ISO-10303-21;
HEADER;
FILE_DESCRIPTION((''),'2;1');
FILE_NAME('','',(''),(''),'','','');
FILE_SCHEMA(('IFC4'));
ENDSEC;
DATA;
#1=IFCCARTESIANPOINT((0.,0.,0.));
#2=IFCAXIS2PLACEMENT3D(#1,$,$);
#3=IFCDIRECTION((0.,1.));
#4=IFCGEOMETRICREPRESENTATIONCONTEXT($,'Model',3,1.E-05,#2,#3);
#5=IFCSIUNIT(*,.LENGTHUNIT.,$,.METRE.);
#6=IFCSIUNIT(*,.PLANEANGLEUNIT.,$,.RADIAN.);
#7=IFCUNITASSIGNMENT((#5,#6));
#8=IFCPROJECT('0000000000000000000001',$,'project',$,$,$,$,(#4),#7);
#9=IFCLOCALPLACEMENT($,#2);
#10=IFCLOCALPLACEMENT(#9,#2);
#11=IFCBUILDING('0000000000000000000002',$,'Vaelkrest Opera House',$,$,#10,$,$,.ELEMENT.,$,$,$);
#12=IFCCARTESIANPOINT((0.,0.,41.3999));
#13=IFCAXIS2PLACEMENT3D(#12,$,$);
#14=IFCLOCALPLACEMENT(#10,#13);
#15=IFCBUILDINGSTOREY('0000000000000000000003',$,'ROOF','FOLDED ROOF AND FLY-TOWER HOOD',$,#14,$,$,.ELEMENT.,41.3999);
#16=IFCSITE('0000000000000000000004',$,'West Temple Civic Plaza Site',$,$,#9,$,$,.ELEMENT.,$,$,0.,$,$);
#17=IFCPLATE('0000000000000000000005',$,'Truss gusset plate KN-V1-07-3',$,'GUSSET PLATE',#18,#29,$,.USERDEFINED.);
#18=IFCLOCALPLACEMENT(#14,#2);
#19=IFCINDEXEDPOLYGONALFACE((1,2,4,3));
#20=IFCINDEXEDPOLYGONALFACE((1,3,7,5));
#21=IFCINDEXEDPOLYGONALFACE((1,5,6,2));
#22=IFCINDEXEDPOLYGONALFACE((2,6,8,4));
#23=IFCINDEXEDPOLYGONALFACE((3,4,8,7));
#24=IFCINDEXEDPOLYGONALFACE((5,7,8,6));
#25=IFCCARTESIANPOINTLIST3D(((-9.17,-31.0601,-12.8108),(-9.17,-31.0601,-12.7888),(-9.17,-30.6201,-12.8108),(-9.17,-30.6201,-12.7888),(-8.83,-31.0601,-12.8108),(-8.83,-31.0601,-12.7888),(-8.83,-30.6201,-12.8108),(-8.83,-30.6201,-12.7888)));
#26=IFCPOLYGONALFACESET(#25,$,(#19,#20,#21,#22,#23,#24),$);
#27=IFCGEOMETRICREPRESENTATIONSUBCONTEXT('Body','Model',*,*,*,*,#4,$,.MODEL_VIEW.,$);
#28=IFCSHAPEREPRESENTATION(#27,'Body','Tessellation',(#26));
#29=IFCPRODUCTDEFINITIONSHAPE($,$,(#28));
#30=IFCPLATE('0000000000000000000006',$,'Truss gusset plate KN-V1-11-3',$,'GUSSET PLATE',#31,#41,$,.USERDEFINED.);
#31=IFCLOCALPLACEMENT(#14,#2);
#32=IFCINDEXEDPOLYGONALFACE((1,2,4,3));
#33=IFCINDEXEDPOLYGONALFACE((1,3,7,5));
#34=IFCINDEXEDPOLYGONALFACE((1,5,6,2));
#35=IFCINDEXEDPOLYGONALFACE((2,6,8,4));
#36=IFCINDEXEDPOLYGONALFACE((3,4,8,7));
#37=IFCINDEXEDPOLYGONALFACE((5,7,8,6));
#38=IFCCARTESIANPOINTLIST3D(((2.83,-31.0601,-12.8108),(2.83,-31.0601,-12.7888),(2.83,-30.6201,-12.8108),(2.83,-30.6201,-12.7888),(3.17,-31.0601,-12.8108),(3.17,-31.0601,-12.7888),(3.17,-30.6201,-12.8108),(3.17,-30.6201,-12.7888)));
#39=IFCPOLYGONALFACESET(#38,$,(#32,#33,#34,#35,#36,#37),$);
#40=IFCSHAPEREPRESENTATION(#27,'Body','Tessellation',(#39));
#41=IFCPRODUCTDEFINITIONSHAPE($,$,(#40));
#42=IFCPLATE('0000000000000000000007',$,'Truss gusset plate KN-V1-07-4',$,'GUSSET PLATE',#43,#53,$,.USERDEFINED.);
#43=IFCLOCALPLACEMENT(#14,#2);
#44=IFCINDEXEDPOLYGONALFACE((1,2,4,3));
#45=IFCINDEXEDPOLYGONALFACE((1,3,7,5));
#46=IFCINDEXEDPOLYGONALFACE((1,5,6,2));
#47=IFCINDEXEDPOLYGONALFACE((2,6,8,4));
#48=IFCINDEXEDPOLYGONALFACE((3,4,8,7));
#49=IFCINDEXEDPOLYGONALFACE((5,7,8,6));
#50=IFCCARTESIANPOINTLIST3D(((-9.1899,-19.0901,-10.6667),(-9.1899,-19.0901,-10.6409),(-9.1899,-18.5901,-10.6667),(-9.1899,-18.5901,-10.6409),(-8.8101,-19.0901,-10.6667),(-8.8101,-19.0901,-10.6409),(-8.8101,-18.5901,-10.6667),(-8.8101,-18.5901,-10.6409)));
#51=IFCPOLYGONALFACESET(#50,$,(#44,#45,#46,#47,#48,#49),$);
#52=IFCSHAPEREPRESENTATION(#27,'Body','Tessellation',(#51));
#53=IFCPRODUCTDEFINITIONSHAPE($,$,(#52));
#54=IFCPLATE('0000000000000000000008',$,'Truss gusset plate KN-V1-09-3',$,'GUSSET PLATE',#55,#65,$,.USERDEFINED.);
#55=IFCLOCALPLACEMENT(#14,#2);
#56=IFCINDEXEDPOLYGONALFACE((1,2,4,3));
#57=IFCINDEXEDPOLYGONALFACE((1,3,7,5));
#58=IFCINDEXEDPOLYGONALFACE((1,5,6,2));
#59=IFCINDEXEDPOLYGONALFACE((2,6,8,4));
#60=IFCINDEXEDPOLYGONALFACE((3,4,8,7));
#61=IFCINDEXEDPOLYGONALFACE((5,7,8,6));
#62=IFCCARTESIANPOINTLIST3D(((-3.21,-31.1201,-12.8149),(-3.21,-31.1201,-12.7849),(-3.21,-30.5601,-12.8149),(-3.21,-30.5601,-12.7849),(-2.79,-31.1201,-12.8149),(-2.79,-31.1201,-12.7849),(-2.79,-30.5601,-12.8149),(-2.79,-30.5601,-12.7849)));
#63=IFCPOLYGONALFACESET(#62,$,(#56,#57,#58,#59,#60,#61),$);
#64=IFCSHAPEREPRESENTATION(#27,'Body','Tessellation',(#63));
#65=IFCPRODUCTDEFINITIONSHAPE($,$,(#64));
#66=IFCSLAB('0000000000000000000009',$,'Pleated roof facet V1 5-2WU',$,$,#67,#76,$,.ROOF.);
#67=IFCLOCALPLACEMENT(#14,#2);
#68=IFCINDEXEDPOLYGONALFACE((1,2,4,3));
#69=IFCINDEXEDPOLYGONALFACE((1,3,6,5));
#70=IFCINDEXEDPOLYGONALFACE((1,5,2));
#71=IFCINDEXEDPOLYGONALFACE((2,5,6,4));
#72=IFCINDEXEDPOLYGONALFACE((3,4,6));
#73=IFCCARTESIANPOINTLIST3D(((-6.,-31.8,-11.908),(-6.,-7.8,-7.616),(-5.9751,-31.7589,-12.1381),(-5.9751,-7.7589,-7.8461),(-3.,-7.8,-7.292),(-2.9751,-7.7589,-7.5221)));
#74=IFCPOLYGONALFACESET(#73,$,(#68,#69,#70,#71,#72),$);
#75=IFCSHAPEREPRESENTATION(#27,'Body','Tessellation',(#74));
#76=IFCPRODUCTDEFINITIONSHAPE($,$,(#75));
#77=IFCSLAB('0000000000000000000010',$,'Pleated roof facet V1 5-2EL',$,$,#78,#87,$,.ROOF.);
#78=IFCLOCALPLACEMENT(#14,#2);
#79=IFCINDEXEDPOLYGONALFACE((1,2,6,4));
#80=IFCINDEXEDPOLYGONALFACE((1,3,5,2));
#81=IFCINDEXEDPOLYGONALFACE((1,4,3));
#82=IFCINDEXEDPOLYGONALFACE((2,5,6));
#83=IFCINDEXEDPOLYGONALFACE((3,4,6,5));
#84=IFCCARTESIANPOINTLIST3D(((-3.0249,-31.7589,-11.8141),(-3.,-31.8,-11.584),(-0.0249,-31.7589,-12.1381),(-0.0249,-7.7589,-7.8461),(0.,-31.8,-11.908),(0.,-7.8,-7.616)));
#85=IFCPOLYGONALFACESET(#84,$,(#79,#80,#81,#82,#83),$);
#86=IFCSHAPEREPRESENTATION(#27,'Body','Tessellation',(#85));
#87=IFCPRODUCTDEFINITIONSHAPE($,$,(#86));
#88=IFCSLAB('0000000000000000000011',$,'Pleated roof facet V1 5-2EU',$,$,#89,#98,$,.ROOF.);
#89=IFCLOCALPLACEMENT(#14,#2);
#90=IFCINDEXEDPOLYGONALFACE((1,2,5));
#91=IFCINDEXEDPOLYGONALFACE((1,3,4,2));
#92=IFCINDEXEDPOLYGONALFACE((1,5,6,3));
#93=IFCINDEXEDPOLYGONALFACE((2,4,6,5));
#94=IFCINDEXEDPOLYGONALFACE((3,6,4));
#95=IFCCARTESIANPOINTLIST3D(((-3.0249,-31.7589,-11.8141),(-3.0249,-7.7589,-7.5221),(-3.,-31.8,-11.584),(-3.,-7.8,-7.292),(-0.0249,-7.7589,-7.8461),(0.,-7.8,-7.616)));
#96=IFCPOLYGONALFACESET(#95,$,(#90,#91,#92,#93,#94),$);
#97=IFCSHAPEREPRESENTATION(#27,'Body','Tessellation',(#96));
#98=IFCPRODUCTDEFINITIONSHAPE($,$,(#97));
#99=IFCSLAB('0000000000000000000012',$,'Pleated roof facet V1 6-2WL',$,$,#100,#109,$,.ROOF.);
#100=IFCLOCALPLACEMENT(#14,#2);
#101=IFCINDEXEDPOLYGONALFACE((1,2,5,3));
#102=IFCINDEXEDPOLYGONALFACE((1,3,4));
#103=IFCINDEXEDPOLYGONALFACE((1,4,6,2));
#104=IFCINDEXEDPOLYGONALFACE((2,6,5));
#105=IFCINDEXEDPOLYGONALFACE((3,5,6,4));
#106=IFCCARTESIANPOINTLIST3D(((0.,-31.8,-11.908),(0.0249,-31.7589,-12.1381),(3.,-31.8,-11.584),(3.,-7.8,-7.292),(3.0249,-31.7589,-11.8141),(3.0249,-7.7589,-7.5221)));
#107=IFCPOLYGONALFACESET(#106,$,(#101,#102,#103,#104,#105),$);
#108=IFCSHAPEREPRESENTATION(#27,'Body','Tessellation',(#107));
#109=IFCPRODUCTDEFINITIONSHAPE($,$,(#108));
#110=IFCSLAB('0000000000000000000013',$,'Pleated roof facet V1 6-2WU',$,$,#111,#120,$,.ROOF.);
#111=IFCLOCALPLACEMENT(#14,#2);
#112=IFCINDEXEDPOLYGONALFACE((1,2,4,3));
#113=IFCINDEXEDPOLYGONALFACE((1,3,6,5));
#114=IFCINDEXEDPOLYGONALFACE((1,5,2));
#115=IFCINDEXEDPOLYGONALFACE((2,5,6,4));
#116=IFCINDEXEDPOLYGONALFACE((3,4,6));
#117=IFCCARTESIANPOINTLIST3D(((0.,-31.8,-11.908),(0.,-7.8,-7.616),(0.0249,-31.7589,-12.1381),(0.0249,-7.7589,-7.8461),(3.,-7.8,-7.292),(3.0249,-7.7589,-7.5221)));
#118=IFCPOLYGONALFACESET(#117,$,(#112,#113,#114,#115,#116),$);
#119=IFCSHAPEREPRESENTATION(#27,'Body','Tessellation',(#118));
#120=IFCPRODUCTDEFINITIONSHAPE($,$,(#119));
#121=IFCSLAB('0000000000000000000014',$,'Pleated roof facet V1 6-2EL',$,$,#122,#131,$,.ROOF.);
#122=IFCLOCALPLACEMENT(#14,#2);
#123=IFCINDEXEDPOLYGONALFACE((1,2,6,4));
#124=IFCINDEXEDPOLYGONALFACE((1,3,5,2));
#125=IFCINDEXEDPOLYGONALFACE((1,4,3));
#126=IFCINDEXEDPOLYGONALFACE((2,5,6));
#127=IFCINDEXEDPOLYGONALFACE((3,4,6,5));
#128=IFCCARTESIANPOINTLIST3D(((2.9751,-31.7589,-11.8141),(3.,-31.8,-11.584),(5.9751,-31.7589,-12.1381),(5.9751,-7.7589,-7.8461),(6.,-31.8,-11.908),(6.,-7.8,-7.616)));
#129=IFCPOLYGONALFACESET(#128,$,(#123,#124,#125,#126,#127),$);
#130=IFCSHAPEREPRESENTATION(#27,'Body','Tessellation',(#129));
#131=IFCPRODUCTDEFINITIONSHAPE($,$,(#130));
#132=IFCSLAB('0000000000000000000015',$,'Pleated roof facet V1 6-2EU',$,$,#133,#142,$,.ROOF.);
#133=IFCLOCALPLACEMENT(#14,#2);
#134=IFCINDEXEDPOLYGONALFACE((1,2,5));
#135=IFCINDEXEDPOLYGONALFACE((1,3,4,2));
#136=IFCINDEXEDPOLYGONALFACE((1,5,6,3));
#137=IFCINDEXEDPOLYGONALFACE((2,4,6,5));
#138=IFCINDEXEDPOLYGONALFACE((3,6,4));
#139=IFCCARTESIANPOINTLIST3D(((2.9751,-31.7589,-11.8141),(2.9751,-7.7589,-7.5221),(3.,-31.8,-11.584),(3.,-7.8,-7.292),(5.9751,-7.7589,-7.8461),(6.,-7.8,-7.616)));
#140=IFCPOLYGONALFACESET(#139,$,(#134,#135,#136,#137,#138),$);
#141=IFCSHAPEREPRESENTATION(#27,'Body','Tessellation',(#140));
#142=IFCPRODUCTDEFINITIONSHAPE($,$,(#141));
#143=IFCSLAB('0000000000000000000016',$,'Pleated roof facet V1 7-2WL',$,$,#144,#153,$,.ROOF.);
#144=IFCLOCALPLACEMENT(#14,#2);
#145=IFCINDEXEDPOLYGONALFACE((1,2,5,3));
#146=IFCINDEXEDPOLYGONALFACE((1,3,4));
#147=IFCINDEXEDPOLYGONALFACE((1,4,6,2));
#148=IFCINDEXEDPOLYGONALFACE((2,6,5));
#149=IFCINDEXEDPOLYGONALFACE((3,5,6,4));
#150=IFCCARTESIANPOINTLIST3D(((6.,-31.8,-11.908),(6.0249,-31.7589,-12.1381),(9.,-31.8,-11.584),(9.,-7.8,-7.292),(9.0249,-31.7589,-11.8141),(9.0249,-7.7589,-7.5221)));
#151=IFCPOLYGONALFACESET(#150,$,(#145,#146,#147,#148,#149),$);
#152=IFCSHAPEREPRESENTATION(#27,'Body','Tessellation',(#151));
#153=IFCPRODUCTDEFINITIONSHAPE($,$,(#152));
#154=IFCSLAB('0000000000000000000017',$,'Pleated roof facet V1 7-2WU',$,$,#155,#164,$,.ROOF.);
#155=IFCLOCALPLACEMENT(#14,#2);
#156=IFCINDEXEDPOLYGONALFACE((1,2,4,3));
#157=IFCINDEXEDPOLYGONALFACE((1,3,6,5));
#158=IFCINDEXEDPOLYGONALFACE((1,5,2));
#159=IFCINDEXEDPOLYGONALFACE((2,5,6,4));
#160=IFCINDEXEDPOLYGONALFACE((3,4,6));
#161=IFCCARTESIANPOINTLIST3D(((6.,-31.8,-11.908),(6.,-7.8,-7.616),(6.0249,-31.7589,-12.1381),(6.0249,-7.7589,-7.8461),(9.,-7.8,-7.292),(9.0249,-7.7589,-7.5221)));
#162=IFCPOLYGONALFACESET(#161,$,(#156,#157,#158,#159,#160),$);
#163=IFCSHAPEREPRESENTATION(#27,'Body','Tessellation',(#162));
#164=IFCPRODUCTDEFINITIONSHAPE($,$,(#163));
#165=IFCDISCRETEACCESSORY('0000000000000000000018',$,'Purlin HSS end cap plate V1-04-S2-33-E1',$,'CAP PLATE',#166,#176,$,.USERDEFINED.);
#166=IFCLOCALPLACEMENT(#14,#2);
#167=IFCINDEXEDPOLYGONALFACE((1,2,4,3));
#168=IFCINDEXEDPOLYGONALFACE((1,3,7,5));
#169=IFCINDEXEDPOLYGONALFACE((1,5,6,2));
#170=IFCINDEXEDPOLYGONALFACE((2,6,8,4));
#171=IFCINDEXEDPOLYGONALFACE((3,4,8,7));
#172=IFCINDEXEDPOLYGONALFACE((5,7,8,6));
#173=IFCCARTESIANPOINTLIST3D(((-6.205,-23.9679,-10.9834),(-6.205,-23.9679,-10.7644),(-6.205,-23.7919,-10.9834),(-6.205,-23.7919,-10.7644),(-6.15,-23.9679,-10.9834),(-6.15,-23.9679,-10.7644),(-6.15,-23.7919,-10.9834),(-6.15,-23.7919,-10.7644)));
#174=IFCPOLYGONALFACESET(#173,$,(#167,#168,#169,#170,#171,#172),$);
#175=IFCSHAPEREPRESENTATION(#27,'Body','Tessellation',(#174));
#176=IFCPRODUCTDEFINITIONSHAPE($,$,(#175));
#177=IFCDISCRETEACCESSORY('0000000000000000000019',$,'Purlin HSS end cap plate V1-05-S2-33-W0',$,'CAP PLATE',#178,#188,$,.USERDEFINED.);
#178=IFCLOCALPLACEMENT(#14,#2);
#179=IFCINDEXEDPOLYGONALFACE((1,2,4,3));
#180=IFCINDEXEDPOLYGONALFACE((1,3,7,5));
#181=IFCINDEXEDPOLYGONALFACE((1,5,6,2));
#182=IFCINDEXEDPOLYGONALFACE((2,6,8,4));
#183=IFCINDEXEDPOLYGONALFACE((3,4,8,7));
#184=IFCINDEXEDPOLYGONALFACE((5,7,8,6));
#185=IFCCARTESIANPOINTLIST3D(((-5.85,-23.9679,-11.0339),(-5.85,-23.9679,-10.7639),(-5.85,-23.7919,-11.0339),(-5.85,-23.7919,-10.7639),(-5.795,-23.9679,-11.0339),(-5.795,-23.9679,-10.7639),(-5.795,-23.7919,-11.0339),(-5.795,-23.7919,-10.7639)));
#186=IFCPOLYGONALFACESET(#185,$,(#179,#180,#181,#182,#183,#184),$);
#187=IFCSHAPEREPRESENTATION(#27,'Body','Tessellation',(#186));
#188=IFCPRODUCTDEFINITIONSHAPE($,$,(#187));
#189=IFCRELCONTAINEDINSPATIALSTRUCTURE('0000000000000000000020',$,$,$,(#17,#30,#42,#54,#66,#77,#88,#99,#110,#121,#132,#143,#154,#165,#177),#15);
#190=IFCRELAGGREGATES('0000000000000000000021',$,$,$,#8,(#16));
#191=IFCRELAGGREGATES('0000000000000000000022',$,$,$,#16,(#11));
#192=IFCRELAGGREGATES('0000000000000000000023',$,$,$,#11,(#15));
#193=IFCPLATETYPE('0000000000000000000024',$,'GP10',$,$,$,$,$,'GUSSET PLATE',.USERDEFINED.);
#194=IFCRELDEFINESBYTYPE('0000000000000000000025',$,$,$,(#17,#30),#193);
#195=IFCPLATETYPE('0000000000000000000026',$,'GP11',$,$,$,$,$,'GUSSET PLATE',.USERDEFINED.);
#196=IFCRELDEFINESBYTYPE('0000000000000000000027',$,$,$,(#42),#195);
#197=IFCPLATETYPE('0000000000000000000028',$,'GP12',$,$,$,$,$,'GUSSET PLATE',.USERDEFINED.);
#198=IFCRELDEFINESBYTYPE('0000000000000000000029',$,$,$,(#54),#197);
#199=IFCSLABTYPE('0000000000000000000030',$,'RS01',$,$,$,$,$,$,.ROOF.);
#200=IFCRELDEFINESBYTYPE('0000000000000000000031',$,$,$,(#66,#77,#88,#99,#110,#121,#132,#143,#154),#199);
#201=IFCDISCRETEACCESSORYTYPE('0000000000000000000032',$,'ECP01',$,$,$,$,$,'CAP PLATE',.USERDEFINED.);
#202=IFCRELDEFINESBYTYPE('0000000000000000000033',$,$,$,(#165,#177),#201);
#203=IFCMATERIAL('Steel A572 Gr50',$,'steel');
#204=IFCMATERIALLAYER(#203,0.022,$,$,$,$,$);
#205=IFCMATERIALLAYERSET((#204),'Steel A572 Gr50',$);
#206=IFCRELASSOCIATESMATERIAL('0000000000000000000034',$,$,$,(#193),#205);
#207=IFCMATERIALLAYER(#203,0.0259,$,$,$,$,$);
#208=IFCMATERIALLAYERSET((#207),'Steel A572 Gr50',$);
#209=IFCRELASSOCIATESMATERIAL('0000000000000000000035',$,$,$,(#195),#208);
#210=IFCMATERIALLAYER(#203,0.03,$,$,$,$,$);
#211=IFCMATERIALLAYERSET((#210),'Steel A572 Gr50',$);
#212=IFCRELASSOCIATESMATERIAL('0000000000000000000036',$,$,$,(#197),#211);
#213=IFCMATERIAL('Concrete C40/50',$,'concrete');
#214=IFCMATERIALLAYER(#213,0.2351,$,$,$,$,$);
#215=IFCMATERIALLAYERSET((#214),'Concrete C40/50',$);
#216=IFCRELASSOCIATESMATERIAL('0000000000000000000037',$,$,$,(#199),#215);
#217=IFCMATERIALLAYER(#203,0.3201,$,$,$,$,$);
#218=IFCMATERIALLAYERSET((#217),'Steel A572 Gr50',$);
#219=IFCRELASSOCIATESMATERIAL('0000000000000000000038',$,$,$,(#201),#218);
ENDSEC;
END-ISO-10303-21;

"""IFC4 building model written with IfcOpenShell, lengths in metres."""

from ifc_helpers import new_model, si_unit, direction, frame, origin, origin_2d, place, context, subcontext, project, spatial, polyline, rectangle, outline, extrude, material, layer, layer_set, type_object, element, save


model = new_model("IFC4")

# Units and contexts
model_context = context("Model", 3, precision=1e-05, world=origin(), true_north=direction((0.0, 1.0)))
body_context = subcontext(model_context, "Body", "Model", "MODEL_VIEW")
ifc_project = project(units=[si_unit("LENGTHUNIT", "METRE"), si_unit("PLANEANGLEUNIT", "RADIAN")], contexts=[model_context])

# Site, building, storey
site_placement = place(None, origin())
site = spatial("IfcSite", under=ifc_project, at=site_placement, Name="West Temple Civic Plaza Site", CompositionType="ELEMENT", RefElevation=0.0)
building_placement = place(site_placement, origin())
building = spatial("IfcBuilding", under=site, at=building_placement, Name="Vaelkrest Opera House", CompositionType="ELEMENT")
storey_placement = place(building_placement, frame((0.0, 0.0, 41.3999)))
storey = spatial("IfcBuildingStorey", under=building, at=storey_placement, Name="ROOF", Description="FOLDED ROOF AND FLY-TOWER HOOD", CompositionType="ELEMENT", Elevation=41.3999)

# Plates
ifc_material_1 = material(Name="Steel A572 Gr50", Category="steel")
ifc_layer_1 = layer(ifc_material_1, 0.022)
ifc_layer_set_1 = layer_set([ifc_layer_1], Name="Steel A572 Gr50")
plate_type_1 = type_object("IfcPlateType", Name="GP10", ElementType="GUSSET PLATE", PredefinedType="USERDEFINED", material=ifc_layer_set_1)
for number, where, z_axis, x_axis, name in (
    (1, (-9.0, -30.8401, -12.8108), (0.0, 0.0, 1.0), (0.0, 1.0, 0.0), "Truss gusset plate KN-V1-07-3"),
    (2, (3.0, -30.8401, -12.8108), (0.0, 0.0, 1.0), (0.0, 1.0, 0.0), "Truss gusset plate KN-V1-11-3"),
):
    element("IfcPlate", number, at=place(storey_placement, frame(where, z_axis=z_axis, x_axis=x_axis)), inside=storey, type_object=plate_type_1, Name=name, ObjectType="GUSSET PLATE", PredefinedType="USERDEFINED", context=body_context, shape_type="SweptSolid", body=[
        extrude(rectangle(XDim=0.4399, YDim=0.3401, at=origin_2d()), origin(), (0.0, 0.0, 1.0), 0.022),
    ])
ifc_layer_2 = layer(ifc_material_1, 0.0259)
ifc_layer_set_2 = layer_set([ifc_layer_2], Name="Steel A572 Gr50")
plate_type_2 = type_object("IfcPlateType", Name="GP11", ElementType="GUSSET PLATE", PredefinedType="USERDEFINED", material=ifc_layer_set_2)
plate_1_placement = place(storey_placement, frame((-9.0, -18.8401, -10.6667), z_axis=(0.0, 0.0, 1.0), x_axis=(0.0, 1.0, 0.0)))
element("IfcPlate", 3, at=plate_1_placement, inside=storey, type_object=plate_type_2, Name="Truss gusset plate KN-V1-07-4", ObjectType="GUSSET PLATE", PredefinedType="USERDEFINED", context=body_context, shape_type="SweptSolid", body=[
    extrude(rectangle(XDim=0.5, YDim=0.3799, at=origin_2d()), origin(), (0.0, 0.0, 1.0), 0.0259),
])
ifc_layer_3 = layer(ifc_material_1, 0.03)
ifc_layer_set_3 = layer_set([ifc_layer_3], Name="Steel A572 Gr50")
plate_type_3 = type_object("IfcPlateType", Name="GP12", ElementType="GUSSET PLATE", PredefinedType="USERDEFINED", material=ifc_layer_set_3)
plate_2_placement = place(storey_placement, frame((-3.0, -30.8401, -12.8149), z_axis=(0.0, 0.0, 1.0), x_axis=(0.0, 1.0, 0.0)))
element("IfcPlate", 4, at=plate_2_placement, inside=storey, type_object=plate_type_3, Name="Truss gusset plate KN-V1-09-3", ObjectType="GUSSET PLATE", PredefinedType="USERDEFINED", context=body_context, shape_type="SweptSolid", body=[
    extrude(rectangle(XDim=0.5601, YDim=0.4199, at=origin_2d()), origin(), (0.0, 0.0, 1.0), 0.03),
])

# Slabs
ifc_material_2 = material(Name="Concrete C40/50", Category="concrete")
ifc_layer_4 = layer(ifc_material_2, 0.2351)
ifc_layer_set_4 = layer_set([ifc_layer_4], Name="Concrete C40/50")
slab_type = type_object("IfcSlabType", Name="RS01", PredefinedType="ROOF", material=ifc_layer_set_4)
slab_1_placement = place(storey_placement, frame((-6.0, -31.8, -11.908), z_axis=(-0.105709, -0.175054, 0.978868), x_axis=(0.121836, 0.974686, 0.187463)))
element("IfcSlab", 5, at=slab_1_placement, inside=storey, type_object=slab_type, Name="Pleated roof facet V1 5-2WU", PredefinedType="ROOF", context=body_context, shape_type="SweptSolid", body=[
    extrude(outline(polyline([(0.0, 0.0), (24.6233, 0.0), (24.1971, 2.9872), (0.0, 0.0)])), origin(), (0.0, 0.0, -1.0), 0.2351),
])
slab_2_placement = place(storey_placement, frame((-3.0, -31.8, -11.584), z_axis=(0.105709, -0.175054, 0.978868), x_axis=(0.994219, 0.0, -0.107367)))
element("IfcSlab", 6, at=slab_2_placement, inside=storey, type_object=slab_type, Name="Pleated roof facet V1 5-2EL", PredefinedType="ROOF", context=body_context, shape_type="SweptSolid", body=[
    extrude(outline(polyline([(0.0, 0.0), (3.0174, 0.0), (2.5566, 24.3764), (0.0, 0.0)])), origin(), (0.0, 0.0, -1.0), 0.2351),
])
slab_3_placement = place(storey_placement, frame((-3.0, -31.8, -11.584), z_axis=(0.105709, -0.175054, 0.978868), x_axis=(0.122399, 0.979188, 0.161893)))
element("IfcSlab", 7, at=slab_3_placement, inside=storey, type_object=slab_type, Name="Pleated roof facet V1 5-2EU", PredefinedType="ROOF", context=body_context, shape_type="SweptSolid", body=[
    extrude(outline(polyline([(0.0, 0.0), (24.5101, 0.0), (24.1954, 3.001), (0.0, 0.0)])), origin(), (0.0, 0.0, -1.0), 0.2351),
])
slab_4_placement = place(storey_placement, frame((0.0, -31.8, -11.908), z_axis=(-0.105709, -0.175054, 0.978868), x_axis=(0.994219, 0.0, 0.107367)))
element("IfcSlab", 8, at=slab_4_placement, inside=storey, type_object=slab_type, Name="Pleated roof facet V1 6-2WL", PredefinedType="ROOF", context=body_context, shape_type="SweptSolid", body=[
    extrude(outline(polyline([(0.0, 0.0), (3.0174, 0.0), (3.4783, 24.3764), (0.0, 0.0)])), origin(), (0.0, 0.0, -1.0), 0.2351),
])
slab_5_placement = place(storey_placement, frame((0.0, -31.8, -11.908), z_axis=(-0.105709, -0.175054, 0.978868), x_axis=(0.121836, 0.974686, 0.187463)))
element("IfcSlab", 9, at=slab_5_placement, inside=storey, type_object=slab_type, Name="Pleated roof facet V1 6-2WU", PredefinedType="ROOF", context=body_context, shape_type="SweptSolid", body=[
    extrude(outline(polyline([(0.0, 0.0), (24.6233, 0.0), (24.1971, 2.9872), (0.0, 0.0)])), origin(), (0.0, 0.0, -1.0), 0.2351),
])
slab_6_placement = place(storey_placement, frame((3.0, -31.8, -11.584), z_axis=(0.105709, -0.175054, 0.978868), x_axis=(0.994219, 0.0, -0.107367)))
element("IfcSlab", 10, at=slab_6_placement, inside=storey, type_object=slab_type, Name="Pleated roof facet V1 6-2EL", PredefinedType="ROOF", context=body_context, shape_type="SweptSolid", body=[
    extrude(outline(polyline([(0.0, 0.0), (3.0174, 0.0), (2.5566, 24.3764), (0.0, 0.0)])), origin(), (0.0, 0.0, -1.0), 0.2351),
])
slab_7_placement = place(storey_placement, frame((3.0, -31.8, -11.584), z_axis=(0.105709, -0.175054, 0.978868), x_axis=(0.122399, 0.979188, 0.161893)))
element("IfcSlab", 11, at=slab_7_placement, inside=storey, type_object=slab_type, Name="Pleated roof facet V1 6-2EU", PredefinedType="ROOF", context=body_context, shape_type="SweptSolid", body=[
    extrude(outline(polyline([(0.0, 0.0), (24.5101, 0.0), (24.1954, 3.001), (0.0, 0.0)])), origin(), (0.0, 0.0, -1.0), 0.2351),
])
slab_8_placement = place(storey_placement, frame((6.0, -31.8, -11.908), z_axis=(-0.105709, -0.175054, 0.978868), x_axis=(0.994219, 0.0, 0.107367)))
element("IfcSlab", 12, at=slab_8_placement, inside=storey, type_object=slab_type, Name="Pleated roof facet V1 7-2WL", PredefinedType="ROOF", context=body_context, shape_type="SweptSolid", body=[
    extrude(outline(polyline([(0.0, 0.0), (3.0174, 0.0), (3.4783, 24.3764), (0.0, 0.0)])), origin(), (0.0, 0.0, -1.0), 0.2351),
])
slab_9_placement = place(storey_placement, frame((6.0, -31.8, -11.908), z_axis=(-0.105709, -0.175054, 0.978868), x_axis=(0.121836, 0.974686, 0.187463)))
element("IfcSlab", 13, at=slab_9_placement, inside=storey, type_object=slab_type, Name="Pleated roof facet V1 7-2WU", PredefinedType="ROOF", context=body_context, shape_type="SweptSolid", body=[
    extrude(outline(polyline([(0.0, 0.0), (24.6233, 0.0), (24.1971, 2.9872), (0.0, 0.0)])), origin(), (0.0, 0.0, -1.0), 0.2351),
])

# Discrete accessories
ifc_layer_5 = layer(ifc_material_1, 0.3201)
ifc_layer_set_5 = layer_set([ifc_layer_5], Name="Steel A572 Gr50")
discrete_accessory_type = type_object("IfcDiscreteAccessoryType", Name="ECP01", ElementType="CAP PLATE", PredefinedType="USERDEFINED", material=ifc_layer_set_5)
discrete_accessory_placement = place(storey_placement, frame((-6.1775, -23.8799, -10.9834), z_axis=(0.0, 0.0, 1.0), x_axis=(1.0, 0.0, 0.0)))
element("IfcDiscreteAccessory", 14, at=discrete_accessory_placement, inside=storey, type_object=discrete_accessory_type, Name="Purlin HSS end cap plate V1-04-S2-33-E1", ObjectType="CAP PLATE", PredefinedType="USERDEFINED", context=body_context, shape_type="SweptSolid", body=[
    extrude(rectangle(XDim=0.0549, YDim=0.176, at=origin_2d()), origin(), (0.0, 0.0, 1.0), 0.219),
])
for number, where, z_axis, x_axis, name in (
    (15, (-5.8225, -23.8799, -11.0339), (0.0, 0.0, 1.0), (1.0, 0.0, 0.0), "Purlin HSS end cap plate V1-05-S2-33-W0"),
):
    element("IfcDiscreteAccessory", number, at=place(storey_placement, frame(where, z_axis=z_axis, x_axis=x_axis)), inside=storey, type_object=discrete_accessory_type, Name=name, ObjectType="CAP PLATE", PredefinedType="USERDEFINED", context=body_context, shape_type="SweptSolid", body=[
        extrude(rectangle(XDim=0.0549, YDim=0.176, at=origin_2d()), origin(), (0.0, 0.0, 1.0), 0.27),
    ])

save(model, "model.ifc")
